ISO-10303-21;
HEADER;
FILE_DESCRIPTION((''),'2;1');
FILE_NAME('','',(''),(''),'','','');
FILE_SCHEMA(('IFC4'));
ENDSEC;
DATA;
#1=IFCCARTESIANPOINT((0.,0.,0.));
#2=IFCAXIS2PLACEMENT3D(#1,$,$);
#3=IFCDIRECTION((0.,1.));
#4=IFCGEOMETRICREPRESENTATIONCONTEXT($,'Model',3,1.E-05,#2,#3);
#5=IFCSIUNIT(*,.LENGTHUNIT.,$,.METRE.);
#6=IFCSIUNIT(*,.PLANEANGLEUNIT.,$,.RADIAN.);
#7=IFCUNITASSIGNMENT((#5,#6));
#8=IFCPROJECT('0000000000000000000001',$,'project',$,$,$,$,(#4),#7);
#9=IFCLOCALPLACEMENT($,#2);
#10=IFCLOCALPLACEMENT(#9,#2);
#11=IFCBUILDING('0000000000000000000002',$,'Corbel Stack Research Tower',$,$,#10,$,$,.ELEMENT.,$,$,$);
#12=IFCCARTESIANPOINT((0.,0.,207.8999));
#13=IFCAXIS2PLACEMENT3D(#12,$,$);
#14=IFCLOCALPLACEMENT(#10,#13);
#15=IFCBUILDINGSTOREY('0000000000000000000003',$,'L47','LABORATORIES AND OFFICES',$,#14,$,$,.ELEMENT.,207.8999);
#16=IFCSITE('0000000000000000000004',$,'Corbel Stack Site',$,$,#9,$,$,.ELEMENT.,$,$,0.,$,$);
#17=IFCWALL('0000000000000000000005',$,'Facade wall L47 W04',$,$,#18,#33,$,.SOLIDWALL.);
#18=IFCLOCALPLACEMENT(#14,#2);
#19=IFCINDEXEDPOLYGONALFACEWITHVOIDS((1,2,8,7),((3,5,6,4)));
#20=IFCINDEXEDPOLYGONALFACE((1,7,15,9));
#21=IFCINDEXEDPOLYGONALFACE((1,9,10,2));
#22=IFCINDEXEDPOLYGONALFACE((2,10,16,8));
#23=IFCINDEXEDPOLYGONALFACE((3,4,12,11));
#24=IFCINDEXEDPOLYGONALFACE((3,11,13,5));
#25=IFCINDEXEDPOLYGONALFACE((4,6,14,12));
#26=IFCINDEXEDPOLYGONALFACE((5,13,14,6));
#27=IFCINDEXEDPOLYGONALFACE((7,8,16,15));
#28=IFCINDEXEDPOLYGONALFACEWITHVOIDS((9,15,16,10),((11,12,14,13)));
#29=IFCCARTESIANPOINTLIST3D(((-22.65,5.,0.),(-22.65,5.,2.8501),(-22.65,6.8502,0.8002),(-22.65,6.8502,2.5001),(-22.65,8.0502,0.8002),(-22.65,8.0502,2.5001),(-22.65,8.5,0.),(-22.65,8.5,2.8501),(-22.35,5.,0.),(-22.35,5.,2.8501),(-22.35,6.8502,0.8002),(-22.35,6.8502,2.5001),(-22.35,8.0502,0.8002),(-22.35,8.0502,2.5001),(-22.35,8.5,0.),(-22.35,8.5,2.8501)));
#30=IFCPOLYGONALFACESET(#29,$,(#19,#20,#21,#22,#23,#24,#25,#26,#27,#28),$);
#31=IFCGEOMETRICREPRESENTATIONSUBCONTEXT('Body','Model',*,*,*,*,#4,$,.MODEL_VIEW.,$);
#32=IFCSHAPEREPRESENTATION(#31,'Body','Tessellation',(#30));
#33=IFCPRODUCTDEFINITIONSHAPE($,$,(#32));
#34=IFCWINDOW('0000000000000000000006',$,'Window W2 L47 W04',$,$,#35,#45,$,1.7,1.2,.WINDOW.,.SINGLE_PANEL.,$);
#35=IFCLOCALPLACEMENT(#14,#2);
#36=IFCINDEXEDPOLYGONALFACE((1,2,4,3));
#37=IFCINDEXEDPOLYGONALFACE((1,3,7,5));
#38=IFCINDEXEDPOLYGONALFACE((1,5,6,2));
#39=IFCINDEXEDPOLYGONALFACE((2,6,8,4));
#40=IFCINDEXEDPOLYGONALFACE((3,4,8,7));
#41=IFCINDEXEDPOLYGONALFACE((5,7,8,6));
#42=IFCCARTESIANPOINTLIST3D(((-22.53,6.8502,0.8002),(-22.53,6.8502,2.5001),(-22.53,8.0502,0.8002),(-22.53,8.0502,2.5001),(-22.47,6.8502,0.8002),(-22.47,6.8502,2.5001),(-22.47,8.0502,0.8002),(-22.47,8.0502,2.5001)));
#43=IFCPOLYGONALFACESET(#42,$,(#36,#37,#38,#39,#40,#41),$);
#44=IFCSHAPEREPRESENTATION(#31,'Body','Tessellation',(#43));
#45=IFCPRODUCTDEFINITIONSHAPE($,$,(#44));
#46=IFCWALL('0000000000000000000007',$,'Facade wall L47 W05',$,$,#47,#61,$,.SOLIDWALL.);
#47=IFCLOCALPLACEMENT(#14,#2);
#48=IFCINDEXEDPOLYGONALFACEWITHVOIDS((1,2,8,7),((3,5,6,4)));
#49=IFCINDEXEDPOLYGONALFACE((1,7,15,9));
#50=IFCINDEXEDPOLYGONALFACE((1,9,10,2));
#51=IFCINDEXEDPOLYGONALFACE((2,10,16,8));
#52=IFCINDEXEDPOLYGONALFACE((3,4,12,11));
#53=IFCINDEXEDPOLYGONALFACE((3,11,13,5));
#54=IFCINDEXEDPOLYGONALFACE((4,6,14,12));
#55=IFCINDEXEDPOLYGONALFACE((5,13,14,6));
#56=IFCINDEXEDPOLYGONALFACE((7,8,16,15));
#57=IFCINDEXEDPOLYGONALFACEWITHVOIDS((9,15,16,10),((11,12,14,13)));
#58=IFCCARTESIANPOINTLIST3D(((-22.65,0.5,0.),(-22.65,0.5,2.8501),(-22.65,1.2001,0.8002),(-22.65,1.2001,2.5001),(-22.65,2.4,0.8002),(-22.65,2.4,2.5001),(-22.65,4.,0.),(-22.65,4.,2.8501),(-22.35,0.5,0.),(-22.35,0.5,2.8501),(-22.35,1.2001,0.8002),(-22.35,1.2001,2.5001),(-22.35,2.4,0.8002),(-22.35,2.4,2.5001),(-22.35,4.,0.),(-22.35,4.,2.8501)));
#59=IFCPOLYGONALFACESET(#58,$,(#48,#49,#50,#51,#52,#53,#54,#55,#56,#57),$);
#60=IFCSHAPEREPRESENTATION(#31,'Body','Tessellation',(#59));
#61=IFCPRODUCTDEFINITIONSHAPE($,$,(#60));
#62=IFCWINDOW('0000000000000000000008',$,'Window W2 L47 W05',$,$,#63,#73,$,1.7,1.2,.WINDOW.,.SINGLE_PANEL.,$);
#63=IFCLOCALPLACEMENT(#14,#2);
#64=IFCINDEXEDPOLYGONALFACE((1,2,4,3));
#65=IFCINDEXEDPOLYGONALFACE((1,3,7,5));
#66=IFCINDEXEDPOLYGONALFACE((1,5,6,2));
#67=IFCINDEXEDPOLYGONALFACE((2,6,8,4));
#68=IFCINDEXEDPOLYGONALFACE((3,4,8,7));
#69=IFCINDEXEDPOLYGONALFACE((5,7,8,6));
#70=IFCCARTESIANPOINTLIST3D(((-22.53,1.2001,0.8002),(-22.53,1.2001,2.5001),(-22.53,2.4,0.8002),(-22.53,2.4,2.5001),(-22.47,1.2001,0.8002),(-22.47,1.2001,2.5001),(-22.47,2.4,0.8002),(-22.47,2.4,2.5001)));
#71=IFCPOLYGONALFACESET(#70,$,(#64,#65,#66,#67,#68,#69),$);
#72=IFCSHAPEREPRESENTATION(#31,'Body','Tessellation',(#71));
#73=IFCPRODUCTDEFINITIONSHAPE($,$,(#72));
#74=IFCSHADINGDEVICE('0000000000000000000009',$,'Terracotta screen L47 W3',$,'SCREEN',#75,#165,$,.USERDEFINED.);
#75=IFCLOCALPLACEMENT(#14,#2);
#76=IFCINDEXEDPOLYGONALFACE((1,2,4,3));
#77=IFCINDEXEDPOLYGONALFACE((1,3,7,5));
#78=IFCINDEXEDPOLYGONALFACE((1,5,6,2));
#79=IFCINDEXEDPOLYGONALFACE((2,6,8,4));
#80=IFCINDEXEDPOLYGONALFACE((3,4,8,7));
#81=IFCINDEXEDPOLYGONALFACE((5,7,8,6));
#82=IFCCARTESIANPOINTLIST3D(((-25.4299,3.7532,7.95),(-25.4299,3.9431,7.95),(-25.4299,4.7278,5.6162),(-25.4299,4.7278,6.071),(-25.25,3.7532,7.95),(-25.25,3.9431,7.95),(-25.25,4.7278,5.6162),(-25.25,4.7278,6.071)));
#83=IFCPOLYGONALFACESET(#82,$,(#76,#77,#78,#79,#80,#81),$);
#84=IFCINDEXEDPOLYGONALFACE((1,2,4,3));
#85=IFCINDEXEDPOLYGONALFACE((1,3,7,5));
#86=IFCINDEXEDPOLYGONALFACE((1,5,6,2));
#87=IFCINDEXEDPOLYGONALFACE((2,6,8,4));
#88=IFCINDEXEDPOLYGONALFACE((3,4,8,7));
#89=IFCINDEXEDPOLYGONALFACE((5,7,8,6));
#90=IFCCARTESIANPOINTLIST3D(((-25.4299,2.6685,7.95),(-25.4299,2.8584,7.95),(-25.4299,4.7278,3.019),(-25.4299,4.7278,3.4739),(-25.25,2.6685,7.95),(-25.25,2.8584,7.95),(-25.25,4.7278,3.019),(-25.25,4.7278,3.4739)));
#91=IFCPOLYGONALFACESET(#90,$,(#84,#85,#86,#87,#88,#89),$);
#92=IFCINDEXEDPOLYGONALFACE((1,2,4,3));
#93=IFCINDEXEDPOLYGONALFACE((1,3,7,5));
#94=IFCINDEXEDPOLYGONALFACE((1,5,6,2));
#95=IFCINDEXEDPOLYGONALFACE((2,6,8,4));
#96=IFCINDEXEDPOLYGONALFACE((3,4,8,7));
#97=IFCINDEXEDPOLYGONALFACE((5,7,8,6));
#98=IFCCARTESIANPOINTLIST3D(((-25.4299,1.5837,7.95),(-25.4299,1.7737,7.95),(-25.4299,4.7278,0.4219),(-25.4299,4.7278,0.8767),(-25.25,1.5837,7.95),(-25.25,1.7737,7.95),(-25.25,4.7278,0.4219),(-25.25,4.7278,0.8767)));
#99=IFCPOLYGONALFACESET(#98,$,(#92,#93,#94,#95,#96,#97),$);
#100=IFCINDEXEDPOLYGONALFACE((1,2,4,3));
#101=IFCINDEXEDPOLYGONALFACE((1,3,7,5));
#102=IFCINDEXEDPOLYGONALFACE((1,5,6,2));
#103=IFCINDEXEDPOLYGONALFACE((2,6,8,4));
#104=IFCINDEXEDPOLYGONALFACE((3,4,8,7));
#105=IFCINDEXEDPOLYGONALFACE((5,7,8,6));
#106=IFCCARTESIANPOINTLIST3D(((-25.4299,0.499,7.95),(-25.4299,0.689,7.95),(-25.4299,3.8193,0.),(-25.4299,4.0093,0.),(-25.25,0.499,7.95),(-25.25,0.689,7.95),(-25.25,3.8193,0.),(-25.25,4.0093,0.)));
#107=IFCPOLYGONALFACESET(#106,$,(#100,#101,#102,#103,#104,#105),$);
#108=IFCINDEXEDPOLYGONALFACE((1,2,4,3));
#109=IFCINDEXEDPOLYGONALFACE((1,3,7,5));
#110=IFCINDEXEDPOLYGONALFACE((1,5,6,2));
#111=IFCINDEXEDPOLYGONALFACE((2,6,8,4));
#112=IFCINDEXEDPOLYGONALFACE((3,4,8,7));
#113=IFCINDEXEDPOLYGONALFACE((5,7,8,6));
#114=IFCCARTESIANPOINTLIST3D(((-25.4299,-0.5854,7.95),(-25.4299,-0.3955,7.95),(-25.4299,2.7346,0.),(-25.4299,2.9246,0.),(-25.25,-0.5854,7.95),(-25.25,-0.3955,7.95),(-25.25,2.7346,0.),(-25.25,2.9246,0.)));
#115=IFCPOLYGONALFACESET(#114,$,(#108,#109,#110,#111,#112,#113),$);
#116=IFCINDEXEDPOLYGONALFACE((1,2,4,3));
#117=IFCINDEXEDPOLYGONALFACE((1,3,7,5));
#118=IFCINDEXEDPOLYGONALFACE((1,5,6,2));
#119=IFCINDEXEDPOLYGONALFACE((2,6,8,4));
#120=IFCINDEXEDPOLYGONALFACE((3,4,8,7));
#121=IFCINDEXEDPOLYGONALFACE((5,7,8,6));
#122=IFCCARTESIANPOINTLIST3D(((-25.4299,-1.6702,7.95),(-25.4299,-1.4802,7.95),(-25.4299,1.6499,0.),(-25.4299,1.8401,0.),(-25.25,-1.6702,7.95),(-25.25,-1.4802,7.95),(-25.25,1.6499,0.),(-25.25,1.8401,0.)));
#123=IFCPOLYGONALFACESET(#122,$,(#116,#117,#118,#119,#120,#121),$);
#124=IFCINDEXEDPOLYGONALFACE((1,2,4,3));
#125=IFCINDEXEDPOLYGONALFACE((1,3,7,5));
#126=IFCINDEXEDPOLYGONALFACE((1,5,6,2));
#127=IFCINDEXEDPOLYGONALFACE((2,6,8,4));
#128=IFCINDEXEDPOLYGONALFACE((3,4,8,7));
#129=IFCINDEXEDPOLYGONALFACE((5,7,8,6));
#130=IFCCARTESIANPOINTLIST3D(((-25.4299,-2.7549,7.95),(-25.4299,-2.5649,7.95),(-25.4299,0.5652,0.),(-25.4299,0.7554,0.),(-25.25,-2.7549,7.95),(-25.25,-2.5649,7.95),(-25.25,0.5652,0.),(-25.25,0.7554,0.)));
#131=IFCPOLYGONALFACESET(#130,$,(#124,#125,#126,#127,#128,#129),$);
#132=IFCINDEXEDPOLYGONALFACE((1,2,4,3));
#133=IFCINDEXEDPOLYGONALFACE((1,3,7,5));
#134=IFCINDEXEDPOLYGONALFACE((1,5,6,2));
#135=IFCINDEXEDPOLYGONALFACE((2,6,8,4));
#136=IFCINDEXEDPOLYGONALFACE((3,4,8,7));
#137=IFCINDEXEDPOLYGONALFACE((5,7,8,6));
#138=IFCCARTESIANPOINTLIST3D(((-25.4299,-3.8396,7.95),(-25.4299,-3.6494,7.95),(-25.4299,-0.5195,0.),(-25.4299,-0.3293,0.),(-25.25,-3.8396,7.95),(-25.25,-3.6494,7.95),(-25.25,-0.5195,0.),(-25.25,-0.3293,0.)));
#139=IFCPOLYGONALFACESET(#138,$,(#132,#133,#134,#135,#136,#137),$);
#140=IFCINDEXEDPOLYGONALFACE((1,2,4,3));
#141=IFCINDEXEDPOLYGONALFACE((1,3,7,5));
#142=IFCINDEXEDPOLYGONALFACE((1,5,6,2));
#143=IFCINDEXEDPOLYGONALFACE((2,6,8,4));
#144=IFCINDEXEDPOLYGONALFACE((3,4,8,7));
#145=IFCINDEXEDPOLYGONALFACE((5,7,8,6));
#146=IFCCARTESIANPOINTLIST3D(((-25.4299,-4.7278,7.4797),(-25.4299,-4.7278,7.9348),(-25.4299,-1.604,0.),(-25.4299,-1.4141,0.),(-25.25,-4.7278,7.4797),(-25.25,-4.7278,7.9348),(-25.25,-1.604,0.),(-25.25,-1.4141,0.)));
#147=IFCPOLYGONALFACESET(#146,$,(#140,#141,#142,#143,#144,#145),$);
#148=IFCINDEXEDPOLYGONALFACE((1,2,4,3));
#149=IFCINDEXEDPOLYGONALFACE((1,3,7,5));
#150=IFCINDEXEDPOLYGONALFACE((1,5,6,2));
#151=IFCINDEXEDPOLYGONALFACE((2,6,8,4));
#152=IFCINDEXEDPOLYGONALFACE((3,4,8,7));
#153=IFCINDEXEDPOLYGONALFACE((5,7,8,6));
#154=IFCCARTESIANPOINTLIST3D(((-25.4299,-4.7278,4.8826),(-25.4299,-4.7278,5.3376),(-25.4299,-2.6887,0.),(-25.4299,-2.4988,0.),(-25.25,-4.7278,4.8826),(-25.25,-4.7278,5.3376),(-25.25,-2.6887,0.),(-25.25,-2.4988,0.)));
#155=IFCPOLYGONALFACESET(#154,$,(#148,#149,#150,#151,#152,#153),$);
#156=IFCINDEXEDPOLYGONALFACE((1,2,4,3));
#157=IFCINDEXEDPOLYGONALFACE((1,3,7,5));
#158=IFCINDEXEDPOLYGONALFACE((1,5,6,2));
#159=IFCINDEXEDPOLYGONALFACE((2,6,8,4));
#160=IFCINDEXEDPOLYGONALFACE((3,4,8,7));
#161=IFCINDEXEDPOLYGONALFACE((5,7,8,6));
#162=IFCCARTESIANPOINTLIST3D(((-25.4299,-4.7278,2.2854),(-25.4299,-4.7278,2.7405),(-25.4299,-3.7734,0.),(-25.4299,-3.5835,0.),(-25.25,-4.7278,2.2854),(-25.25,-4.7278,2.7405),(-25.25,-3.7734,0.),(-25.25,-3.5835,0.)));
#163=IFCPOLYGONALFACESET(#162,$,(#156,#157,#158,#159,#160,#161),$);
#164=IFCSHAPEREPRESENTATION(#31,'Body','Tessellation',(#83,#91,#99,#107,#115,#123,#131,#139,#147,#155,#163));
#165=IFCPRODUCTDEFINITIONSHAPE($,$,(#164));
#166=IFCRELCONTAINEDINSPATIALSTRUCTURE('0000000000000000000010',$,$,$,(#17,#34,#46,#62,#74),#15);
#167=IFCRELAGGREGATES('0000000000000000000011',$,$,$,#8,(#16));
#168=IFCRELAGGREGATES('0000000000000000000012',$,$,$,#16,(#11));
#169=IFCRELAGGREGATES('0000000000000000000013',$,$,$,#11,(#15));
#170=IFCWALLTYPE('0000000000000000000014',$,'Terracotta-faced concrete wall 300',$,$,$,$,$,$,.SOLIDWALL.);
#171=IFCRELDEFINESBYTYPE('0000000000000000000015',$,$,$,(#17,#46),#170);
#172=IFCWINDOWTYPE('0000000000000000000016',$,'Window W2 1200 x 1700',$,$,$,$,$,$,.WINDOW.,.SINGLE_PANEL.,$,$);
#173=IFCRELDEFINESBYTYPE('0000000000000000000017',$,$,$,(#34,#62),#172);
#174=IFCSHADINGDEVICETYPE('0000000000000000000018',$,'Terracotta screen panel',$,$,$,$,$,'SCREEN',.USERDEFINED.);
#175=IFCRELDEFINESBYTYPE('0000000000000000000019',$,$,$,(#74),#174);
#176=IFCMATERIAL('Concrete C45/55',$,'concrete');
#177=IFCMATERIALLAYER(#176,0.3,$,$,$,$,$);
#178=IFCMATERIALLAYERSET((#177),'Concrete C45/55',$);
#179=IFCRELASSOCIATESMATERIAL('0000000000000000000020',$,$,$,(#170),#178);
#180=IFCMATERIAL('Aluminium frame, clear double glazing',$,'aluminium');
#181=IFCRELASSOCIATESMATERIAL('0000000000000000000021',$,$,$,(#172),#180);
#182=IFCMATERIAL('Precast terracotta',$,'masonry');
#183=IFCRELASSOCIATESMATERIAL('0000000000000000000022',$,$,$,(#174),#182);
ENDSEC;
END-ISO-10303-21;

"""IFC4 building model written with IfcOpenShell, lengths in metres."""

from ifc_helpers import new_model, si_unit, direction, frame, frame_2d, origin, place, context, subcontext, project, spatial, polyline, rectangle, outline, extrude, source, transform, mapped, material, layer, layer_set, type_object, element, fill, save


model = new_model("IFC4")

# Units and contexts
model_context = context("Model", 3, precision=1e-05, world=origin(), true_north=direction((0.0, 1.0)))
body_context = subcontext(model_context, "Body", "Model", "MODEL_VIEW")
ifc_project = project(units=[si_unit("LENGTHUNIT", "METRE"), si_unit("PLANEANGLEUNIT", "RADIAN")], contexts=[model_context])

# Site, building, storey
site_placement = place(None, origin())
site = spatial("IfcSite", under=ifc_project, at=site_placement, Name="Corbel Stack Site", CompositionType="ELEMENT", RefElevation=0.0)
building_placement = place(site_placement, origin())
building = spatial("IfcBuilding", under=site, at=building_placement, Name="Corbel Stack Research Tower", CompositionType="ELEMENT")
storey_placement = place(building_placement, frame((0.0, 0.0, 207.8999)))
storey = spatial("IfcBuildingStorey", under=building, at=storey_placement, Name="L47", Description="LABORATORIES AND OFFICES", CompositionType="ELEMENT", Elevation=207.8999)

# Walls, openings, windows
ifc_material_1 = material(Name="Concrete C45/55", Category="concrete")
ifc_layer_1 = layer(ifc_material_1, 0.3)
ifc_layer_set_1 = layer_set([ifc_layer_1], Name="Concrete C45/55")
wall_type_1 = type_object("IfcWallType", Name="Terracotta-faced concrete wall 300", PredefinedType="SOLIDWALL", material=ifc_layer_set_1)
wall_1_placement = place(storey_placement, frame((-22.5, 5.0, 0.0), z_axis=(0.0, 0.0, 1.0), x_axis=(0.0, 1.0, 0.0)))
wall_1 = element("IfcWall", 1, at=wall_1_placement, inside=storey, type_object=wall_type_1, Name="Facade wall L47 W04", PredefinedType="SOLIDWALL", context=body_context, shape_type="SweptSolid", body=[
    extrude(rectangle(XDim=3.5, YDim=0.3, at=frame_2d((1.75, 0.0))), origin(), (0.0, 0.0, 1.0), 2.8501),
])
opening_1_placement = place(wall_1_placement, frame((1.8501, 0.0, 0.8)))
opening_1 = element("IfcOpeningElement", 2, at=opening_1_placement, cuts=wall_1, PredefinedType="OPENING", context=body_context, shape_type="SweptSolid", body=[
    extrude(rectangle(XDim=1.2, YDim=1.7, at=frame_2d((0.6001, 0.8501))), frame((0.0, 0.1599, 0.0), z_axis=(0.0, -1.0, 0.0), x_axis=(1.0, 0.0, 0.0)), (0.0, 0.0, 1.0), 0.3201),
])
ifc_material_2 = material(Name="Aluminium frame, clear double glazing", Category="aluminium")
window_type_1 = type_object("IfcWindowType", Name="Window W2 1200 x 1700", PartitioningType="SINGLE_PANEL", PredefinedType="WINDOW", material=ifc_material_2)
window_1_placement = place(opening_1_placement, origin())
window_1 = element("IfcWindow", 3, at=window_1_placement, inside=storey, type_object=window_type_1, Name="Window W2 L47 W04", OverallHeight=1.7, OverallWidth=1.2, PartitioningType="SINGLE_PANEL", PredefinedType="WINDOW", context=body_context, shape_type="SweptSolid", body=[
    extrude(rectangle(XDim=1.2, YDim=1.7, at=frame_2d((0.6001, 0.8501))), frame((0.0, 0.03, 0.0), z_axis=(0.0, -1.0, 0.0), x_axis=(1.0, 0.0, 0.0)), (0.0, 0.0, 1.0), 0.0601),
])
fill(opening_1, window_1)
wall_2_placement = place(storey_placement, frame((-22.5, 0.5, 0.0), z_axis=(0.0, 0.0, 1.0), x_axis=(0.0, 1.0, 0.0)))
wall_2 = element("IfcWall", 4, at=wall_2_placement, inside=storey, type_object=wall_type_1, Name="Facade wall L47 W05", PredefinedType="SOLIDWALL", context=body_context, shape_type="SweptSolid", body=[
    extrude(rectangle(XDim=3.5, YDim=0.3, at=frame_2d((1.75, 0.0))), origin(), (0.0, 0.0, 1.0), 2.8501),
])
opening_2_placement = place(wall_2_placement, frame((0.7, 0.0, 0.8)))
opening_2 = element("IfcOpeningElement", 5, at=opening_2_placement, cuts=wall_2, PredefinedType="OPENING", context=body_context, shape_type="SweptSolid", body=[
    extrude(rectangle(XDim=1.2, YDim=1.7, at=frame_2d((0.6001, 0.8501))), frame((0.0, 0.1599, 0.0), z_axis=(0.0, -1.0, 0.0), x_axis=(1.0, 0.0, 0.0)), (0.0, 0.0, 1.0), 0.3201),
])
window_2_placement = place(opening_2_placement, origin())
window_2 = element("IfcWindow", 6, at=window_2_placement, inside=storey, type_object=window_type_1, Name="Window W2 L47 W05", OverallHeight=1.7, OverallWidth=1.2, PartitioningType="SINGLE_PANEL", PredefinedType="WINDOW", context=body_context, shape_type="SweptSolid", body=[
    extrude(rectangle(XDim=1.2, YDim=1.7, at=frame_2d((0.6001, 0.8501))), frame((0.0, 0.03, 0.0), z_axis=(0.0, -1.0, 0.0), x_axis=(1.0, 0.0, 0.0)), (0.0, 0.0, 1.0), 0.0601),
])
fill(opening_2, window_2)

# Shading device
ifc_material_3 = material(Name="Precast terracotta", Category="masonry")
shading_device_type = type_object("IfcShadingDeviceType", Name="Terracotta screen panel", ElementType="SCREEN", PredefinedType="USERDEFINED", material=ifc_material_3)
shared_shape = source(origin(), body_context, "Body", "SweptSolid", [
    extrude(outline(polyline([(0.9746, 7.95), (0.7847, 7.95), (0.0, 6.071), (0.0, 5.6162), (0.9746, 7.95)])), frame((0.0, 0.0, 0.0), z_axis=(0.0, -1.0, 0.0), x_axis=(1.0, 0.0, 0.0)), (0.0, 0.0, 1.0), 0.1799),
    extrude(outline(polyline([(2.0593, 7.95), (1.8694, 7.95), (0.0, 3.4739), (0.0, 3.019), (2.0593, 7.95)])), frame((0.0, 0.0, 0.0), z_axis=(0.0, -1.0, 0.0), x_axis=(1.0, 0.0, 0.0)), (0.0, 0.0, 1.0), 0.1799),
    extrude(outline(polyline([(3.144, 7.95), (2.9541, 7.95), (0.0, 0.8767), (0.0, 0.4219), (3.144, 7.95)])), frame((0.0, 0.0, 0.0), z_axis=(0.0, -1.0, 0.0), x_axis=(1.0, 0.0, 0.0)), (0.0, 0.0, 1.0), 0.1799),
    extrude(outline(polyline([(0.9084, 0.0), (4.2288, 7.95), (4.0388, 7.95), (0.7185, 0.0), (0.9084, 0.0)])), frame((0.0, 0.0, 0.0), z_axis=(0.0, -1.0, 0.0), x_axis=(1.0, 0.0, 0.0)), (0.0, 0.0, 1.0), 0.1799),
    extrude(outline(polyline([(1.9932, 0.0), (5.3132, 7.95), (5.1233, 7.95), (1.8032, 0.0), (1.9932, 0.0)])), frame((0.0, 0.0, 0.0), z_axis=(0.0, -1.0, 0.0), x_axis=(1.0, 0.0, 0.0)), (0.0, 0.0, 1.0), 0.1799),
    extrude(outline(polyline([(3.0779, 0.0), (6.3979, 7.95), (6.208, 7.95), (2.8877, 0.0), (3.0779, 0.0)])), frame((0.0, 0.0, 0.0), z_axis=(0.0, -1.0, 0.0), x_axis=(1.0, 0.0, 0.0)), (0.0, 0.0, 1.0), 0.1799),
    extrude(outline(polyline([(4.1626, 0.0), (7.4827, 7.95), (7.2927, 7.95), (3.9724, 0.0), (4.1626, 0.0)])), frame((0.0, 0.0, 0.0), z_axis=(0.0, -1.0, 0.0), x_axis=(1.0, 0.0, 0.0)), (0.0, 0.0, 1.0), 0.1799),
    extrude(outline(polyline([(5.2473, 0.0), (8.5674, 7.95), (8.3772, 7.95), (5.0571, 0.0), (5.2473, 0.0)])), frame((0.0, 0.0, 0.0), z_axis=(0.0, -1.0, 0.0), x_axis=(1.0, 0.0, 0.0)), (0.0, 0.0, 1.0), 0.1799),
    extrude(outline(polyline([(6.3318, 0.0), (9.4556, 7.4797), (9.4556, 7.9348), (6.1418, 0.0), (6.3318, 0.0)])), frame((0.0, 0.0, 0.0), z_axis=(0.0, -1.0, 0.0), x_axis=(1.0, 0.0, 0.0)), (0.0, 0.0, 1.0), 0.1799),
    extrude(outline(polyline([(7.4165, 0.0), (9.4556, 4.8826), (9.4556, 5.3376), (7.2266, 0.0), (7.4165, 0.0)])), frame((0.0, 0.0, 0.0), z_axis=(0.0, -1.0, 0.0), x_axis=(1.0, 0.0, 0.0)), (0.0, 0.0, 1.0), 0.1799),
    extrude(outline(polyline([(8.5012, 0.0), (9.4556, 2.2854), (9.4556, 2.7405), (8.3113, 0.0), (8.5012, 0.0)])), frame((0.0, 0.0, 0.0), z_axis=(0.0, -1.0, 0.0), x_axis=(1.0, 0.0, 0.0)), (0.0, 0.0, 1.0), 0.1799),
])
shading_device_placement = place(storey_placement, frame((-25.25, 4.7278, 0.0), z_axis=(0.0, 0.0, 1.0), x_axis=(0.0, -1.0, 0.0)))
element("IfcShadingDevice", 7, at=shading_device_placement, inside=storey, type_object=shading_device_type, Name="Terracotta screen L47 W3", ObjectType="SCREEN", PredefinedType="USERDEFINED", context=body_context, shape_type="MappedRepresentation", body=[
    mapped(shared_shape, transform((0.0, 0.0, 0.0))),
])

save(model, "model.ifc")
